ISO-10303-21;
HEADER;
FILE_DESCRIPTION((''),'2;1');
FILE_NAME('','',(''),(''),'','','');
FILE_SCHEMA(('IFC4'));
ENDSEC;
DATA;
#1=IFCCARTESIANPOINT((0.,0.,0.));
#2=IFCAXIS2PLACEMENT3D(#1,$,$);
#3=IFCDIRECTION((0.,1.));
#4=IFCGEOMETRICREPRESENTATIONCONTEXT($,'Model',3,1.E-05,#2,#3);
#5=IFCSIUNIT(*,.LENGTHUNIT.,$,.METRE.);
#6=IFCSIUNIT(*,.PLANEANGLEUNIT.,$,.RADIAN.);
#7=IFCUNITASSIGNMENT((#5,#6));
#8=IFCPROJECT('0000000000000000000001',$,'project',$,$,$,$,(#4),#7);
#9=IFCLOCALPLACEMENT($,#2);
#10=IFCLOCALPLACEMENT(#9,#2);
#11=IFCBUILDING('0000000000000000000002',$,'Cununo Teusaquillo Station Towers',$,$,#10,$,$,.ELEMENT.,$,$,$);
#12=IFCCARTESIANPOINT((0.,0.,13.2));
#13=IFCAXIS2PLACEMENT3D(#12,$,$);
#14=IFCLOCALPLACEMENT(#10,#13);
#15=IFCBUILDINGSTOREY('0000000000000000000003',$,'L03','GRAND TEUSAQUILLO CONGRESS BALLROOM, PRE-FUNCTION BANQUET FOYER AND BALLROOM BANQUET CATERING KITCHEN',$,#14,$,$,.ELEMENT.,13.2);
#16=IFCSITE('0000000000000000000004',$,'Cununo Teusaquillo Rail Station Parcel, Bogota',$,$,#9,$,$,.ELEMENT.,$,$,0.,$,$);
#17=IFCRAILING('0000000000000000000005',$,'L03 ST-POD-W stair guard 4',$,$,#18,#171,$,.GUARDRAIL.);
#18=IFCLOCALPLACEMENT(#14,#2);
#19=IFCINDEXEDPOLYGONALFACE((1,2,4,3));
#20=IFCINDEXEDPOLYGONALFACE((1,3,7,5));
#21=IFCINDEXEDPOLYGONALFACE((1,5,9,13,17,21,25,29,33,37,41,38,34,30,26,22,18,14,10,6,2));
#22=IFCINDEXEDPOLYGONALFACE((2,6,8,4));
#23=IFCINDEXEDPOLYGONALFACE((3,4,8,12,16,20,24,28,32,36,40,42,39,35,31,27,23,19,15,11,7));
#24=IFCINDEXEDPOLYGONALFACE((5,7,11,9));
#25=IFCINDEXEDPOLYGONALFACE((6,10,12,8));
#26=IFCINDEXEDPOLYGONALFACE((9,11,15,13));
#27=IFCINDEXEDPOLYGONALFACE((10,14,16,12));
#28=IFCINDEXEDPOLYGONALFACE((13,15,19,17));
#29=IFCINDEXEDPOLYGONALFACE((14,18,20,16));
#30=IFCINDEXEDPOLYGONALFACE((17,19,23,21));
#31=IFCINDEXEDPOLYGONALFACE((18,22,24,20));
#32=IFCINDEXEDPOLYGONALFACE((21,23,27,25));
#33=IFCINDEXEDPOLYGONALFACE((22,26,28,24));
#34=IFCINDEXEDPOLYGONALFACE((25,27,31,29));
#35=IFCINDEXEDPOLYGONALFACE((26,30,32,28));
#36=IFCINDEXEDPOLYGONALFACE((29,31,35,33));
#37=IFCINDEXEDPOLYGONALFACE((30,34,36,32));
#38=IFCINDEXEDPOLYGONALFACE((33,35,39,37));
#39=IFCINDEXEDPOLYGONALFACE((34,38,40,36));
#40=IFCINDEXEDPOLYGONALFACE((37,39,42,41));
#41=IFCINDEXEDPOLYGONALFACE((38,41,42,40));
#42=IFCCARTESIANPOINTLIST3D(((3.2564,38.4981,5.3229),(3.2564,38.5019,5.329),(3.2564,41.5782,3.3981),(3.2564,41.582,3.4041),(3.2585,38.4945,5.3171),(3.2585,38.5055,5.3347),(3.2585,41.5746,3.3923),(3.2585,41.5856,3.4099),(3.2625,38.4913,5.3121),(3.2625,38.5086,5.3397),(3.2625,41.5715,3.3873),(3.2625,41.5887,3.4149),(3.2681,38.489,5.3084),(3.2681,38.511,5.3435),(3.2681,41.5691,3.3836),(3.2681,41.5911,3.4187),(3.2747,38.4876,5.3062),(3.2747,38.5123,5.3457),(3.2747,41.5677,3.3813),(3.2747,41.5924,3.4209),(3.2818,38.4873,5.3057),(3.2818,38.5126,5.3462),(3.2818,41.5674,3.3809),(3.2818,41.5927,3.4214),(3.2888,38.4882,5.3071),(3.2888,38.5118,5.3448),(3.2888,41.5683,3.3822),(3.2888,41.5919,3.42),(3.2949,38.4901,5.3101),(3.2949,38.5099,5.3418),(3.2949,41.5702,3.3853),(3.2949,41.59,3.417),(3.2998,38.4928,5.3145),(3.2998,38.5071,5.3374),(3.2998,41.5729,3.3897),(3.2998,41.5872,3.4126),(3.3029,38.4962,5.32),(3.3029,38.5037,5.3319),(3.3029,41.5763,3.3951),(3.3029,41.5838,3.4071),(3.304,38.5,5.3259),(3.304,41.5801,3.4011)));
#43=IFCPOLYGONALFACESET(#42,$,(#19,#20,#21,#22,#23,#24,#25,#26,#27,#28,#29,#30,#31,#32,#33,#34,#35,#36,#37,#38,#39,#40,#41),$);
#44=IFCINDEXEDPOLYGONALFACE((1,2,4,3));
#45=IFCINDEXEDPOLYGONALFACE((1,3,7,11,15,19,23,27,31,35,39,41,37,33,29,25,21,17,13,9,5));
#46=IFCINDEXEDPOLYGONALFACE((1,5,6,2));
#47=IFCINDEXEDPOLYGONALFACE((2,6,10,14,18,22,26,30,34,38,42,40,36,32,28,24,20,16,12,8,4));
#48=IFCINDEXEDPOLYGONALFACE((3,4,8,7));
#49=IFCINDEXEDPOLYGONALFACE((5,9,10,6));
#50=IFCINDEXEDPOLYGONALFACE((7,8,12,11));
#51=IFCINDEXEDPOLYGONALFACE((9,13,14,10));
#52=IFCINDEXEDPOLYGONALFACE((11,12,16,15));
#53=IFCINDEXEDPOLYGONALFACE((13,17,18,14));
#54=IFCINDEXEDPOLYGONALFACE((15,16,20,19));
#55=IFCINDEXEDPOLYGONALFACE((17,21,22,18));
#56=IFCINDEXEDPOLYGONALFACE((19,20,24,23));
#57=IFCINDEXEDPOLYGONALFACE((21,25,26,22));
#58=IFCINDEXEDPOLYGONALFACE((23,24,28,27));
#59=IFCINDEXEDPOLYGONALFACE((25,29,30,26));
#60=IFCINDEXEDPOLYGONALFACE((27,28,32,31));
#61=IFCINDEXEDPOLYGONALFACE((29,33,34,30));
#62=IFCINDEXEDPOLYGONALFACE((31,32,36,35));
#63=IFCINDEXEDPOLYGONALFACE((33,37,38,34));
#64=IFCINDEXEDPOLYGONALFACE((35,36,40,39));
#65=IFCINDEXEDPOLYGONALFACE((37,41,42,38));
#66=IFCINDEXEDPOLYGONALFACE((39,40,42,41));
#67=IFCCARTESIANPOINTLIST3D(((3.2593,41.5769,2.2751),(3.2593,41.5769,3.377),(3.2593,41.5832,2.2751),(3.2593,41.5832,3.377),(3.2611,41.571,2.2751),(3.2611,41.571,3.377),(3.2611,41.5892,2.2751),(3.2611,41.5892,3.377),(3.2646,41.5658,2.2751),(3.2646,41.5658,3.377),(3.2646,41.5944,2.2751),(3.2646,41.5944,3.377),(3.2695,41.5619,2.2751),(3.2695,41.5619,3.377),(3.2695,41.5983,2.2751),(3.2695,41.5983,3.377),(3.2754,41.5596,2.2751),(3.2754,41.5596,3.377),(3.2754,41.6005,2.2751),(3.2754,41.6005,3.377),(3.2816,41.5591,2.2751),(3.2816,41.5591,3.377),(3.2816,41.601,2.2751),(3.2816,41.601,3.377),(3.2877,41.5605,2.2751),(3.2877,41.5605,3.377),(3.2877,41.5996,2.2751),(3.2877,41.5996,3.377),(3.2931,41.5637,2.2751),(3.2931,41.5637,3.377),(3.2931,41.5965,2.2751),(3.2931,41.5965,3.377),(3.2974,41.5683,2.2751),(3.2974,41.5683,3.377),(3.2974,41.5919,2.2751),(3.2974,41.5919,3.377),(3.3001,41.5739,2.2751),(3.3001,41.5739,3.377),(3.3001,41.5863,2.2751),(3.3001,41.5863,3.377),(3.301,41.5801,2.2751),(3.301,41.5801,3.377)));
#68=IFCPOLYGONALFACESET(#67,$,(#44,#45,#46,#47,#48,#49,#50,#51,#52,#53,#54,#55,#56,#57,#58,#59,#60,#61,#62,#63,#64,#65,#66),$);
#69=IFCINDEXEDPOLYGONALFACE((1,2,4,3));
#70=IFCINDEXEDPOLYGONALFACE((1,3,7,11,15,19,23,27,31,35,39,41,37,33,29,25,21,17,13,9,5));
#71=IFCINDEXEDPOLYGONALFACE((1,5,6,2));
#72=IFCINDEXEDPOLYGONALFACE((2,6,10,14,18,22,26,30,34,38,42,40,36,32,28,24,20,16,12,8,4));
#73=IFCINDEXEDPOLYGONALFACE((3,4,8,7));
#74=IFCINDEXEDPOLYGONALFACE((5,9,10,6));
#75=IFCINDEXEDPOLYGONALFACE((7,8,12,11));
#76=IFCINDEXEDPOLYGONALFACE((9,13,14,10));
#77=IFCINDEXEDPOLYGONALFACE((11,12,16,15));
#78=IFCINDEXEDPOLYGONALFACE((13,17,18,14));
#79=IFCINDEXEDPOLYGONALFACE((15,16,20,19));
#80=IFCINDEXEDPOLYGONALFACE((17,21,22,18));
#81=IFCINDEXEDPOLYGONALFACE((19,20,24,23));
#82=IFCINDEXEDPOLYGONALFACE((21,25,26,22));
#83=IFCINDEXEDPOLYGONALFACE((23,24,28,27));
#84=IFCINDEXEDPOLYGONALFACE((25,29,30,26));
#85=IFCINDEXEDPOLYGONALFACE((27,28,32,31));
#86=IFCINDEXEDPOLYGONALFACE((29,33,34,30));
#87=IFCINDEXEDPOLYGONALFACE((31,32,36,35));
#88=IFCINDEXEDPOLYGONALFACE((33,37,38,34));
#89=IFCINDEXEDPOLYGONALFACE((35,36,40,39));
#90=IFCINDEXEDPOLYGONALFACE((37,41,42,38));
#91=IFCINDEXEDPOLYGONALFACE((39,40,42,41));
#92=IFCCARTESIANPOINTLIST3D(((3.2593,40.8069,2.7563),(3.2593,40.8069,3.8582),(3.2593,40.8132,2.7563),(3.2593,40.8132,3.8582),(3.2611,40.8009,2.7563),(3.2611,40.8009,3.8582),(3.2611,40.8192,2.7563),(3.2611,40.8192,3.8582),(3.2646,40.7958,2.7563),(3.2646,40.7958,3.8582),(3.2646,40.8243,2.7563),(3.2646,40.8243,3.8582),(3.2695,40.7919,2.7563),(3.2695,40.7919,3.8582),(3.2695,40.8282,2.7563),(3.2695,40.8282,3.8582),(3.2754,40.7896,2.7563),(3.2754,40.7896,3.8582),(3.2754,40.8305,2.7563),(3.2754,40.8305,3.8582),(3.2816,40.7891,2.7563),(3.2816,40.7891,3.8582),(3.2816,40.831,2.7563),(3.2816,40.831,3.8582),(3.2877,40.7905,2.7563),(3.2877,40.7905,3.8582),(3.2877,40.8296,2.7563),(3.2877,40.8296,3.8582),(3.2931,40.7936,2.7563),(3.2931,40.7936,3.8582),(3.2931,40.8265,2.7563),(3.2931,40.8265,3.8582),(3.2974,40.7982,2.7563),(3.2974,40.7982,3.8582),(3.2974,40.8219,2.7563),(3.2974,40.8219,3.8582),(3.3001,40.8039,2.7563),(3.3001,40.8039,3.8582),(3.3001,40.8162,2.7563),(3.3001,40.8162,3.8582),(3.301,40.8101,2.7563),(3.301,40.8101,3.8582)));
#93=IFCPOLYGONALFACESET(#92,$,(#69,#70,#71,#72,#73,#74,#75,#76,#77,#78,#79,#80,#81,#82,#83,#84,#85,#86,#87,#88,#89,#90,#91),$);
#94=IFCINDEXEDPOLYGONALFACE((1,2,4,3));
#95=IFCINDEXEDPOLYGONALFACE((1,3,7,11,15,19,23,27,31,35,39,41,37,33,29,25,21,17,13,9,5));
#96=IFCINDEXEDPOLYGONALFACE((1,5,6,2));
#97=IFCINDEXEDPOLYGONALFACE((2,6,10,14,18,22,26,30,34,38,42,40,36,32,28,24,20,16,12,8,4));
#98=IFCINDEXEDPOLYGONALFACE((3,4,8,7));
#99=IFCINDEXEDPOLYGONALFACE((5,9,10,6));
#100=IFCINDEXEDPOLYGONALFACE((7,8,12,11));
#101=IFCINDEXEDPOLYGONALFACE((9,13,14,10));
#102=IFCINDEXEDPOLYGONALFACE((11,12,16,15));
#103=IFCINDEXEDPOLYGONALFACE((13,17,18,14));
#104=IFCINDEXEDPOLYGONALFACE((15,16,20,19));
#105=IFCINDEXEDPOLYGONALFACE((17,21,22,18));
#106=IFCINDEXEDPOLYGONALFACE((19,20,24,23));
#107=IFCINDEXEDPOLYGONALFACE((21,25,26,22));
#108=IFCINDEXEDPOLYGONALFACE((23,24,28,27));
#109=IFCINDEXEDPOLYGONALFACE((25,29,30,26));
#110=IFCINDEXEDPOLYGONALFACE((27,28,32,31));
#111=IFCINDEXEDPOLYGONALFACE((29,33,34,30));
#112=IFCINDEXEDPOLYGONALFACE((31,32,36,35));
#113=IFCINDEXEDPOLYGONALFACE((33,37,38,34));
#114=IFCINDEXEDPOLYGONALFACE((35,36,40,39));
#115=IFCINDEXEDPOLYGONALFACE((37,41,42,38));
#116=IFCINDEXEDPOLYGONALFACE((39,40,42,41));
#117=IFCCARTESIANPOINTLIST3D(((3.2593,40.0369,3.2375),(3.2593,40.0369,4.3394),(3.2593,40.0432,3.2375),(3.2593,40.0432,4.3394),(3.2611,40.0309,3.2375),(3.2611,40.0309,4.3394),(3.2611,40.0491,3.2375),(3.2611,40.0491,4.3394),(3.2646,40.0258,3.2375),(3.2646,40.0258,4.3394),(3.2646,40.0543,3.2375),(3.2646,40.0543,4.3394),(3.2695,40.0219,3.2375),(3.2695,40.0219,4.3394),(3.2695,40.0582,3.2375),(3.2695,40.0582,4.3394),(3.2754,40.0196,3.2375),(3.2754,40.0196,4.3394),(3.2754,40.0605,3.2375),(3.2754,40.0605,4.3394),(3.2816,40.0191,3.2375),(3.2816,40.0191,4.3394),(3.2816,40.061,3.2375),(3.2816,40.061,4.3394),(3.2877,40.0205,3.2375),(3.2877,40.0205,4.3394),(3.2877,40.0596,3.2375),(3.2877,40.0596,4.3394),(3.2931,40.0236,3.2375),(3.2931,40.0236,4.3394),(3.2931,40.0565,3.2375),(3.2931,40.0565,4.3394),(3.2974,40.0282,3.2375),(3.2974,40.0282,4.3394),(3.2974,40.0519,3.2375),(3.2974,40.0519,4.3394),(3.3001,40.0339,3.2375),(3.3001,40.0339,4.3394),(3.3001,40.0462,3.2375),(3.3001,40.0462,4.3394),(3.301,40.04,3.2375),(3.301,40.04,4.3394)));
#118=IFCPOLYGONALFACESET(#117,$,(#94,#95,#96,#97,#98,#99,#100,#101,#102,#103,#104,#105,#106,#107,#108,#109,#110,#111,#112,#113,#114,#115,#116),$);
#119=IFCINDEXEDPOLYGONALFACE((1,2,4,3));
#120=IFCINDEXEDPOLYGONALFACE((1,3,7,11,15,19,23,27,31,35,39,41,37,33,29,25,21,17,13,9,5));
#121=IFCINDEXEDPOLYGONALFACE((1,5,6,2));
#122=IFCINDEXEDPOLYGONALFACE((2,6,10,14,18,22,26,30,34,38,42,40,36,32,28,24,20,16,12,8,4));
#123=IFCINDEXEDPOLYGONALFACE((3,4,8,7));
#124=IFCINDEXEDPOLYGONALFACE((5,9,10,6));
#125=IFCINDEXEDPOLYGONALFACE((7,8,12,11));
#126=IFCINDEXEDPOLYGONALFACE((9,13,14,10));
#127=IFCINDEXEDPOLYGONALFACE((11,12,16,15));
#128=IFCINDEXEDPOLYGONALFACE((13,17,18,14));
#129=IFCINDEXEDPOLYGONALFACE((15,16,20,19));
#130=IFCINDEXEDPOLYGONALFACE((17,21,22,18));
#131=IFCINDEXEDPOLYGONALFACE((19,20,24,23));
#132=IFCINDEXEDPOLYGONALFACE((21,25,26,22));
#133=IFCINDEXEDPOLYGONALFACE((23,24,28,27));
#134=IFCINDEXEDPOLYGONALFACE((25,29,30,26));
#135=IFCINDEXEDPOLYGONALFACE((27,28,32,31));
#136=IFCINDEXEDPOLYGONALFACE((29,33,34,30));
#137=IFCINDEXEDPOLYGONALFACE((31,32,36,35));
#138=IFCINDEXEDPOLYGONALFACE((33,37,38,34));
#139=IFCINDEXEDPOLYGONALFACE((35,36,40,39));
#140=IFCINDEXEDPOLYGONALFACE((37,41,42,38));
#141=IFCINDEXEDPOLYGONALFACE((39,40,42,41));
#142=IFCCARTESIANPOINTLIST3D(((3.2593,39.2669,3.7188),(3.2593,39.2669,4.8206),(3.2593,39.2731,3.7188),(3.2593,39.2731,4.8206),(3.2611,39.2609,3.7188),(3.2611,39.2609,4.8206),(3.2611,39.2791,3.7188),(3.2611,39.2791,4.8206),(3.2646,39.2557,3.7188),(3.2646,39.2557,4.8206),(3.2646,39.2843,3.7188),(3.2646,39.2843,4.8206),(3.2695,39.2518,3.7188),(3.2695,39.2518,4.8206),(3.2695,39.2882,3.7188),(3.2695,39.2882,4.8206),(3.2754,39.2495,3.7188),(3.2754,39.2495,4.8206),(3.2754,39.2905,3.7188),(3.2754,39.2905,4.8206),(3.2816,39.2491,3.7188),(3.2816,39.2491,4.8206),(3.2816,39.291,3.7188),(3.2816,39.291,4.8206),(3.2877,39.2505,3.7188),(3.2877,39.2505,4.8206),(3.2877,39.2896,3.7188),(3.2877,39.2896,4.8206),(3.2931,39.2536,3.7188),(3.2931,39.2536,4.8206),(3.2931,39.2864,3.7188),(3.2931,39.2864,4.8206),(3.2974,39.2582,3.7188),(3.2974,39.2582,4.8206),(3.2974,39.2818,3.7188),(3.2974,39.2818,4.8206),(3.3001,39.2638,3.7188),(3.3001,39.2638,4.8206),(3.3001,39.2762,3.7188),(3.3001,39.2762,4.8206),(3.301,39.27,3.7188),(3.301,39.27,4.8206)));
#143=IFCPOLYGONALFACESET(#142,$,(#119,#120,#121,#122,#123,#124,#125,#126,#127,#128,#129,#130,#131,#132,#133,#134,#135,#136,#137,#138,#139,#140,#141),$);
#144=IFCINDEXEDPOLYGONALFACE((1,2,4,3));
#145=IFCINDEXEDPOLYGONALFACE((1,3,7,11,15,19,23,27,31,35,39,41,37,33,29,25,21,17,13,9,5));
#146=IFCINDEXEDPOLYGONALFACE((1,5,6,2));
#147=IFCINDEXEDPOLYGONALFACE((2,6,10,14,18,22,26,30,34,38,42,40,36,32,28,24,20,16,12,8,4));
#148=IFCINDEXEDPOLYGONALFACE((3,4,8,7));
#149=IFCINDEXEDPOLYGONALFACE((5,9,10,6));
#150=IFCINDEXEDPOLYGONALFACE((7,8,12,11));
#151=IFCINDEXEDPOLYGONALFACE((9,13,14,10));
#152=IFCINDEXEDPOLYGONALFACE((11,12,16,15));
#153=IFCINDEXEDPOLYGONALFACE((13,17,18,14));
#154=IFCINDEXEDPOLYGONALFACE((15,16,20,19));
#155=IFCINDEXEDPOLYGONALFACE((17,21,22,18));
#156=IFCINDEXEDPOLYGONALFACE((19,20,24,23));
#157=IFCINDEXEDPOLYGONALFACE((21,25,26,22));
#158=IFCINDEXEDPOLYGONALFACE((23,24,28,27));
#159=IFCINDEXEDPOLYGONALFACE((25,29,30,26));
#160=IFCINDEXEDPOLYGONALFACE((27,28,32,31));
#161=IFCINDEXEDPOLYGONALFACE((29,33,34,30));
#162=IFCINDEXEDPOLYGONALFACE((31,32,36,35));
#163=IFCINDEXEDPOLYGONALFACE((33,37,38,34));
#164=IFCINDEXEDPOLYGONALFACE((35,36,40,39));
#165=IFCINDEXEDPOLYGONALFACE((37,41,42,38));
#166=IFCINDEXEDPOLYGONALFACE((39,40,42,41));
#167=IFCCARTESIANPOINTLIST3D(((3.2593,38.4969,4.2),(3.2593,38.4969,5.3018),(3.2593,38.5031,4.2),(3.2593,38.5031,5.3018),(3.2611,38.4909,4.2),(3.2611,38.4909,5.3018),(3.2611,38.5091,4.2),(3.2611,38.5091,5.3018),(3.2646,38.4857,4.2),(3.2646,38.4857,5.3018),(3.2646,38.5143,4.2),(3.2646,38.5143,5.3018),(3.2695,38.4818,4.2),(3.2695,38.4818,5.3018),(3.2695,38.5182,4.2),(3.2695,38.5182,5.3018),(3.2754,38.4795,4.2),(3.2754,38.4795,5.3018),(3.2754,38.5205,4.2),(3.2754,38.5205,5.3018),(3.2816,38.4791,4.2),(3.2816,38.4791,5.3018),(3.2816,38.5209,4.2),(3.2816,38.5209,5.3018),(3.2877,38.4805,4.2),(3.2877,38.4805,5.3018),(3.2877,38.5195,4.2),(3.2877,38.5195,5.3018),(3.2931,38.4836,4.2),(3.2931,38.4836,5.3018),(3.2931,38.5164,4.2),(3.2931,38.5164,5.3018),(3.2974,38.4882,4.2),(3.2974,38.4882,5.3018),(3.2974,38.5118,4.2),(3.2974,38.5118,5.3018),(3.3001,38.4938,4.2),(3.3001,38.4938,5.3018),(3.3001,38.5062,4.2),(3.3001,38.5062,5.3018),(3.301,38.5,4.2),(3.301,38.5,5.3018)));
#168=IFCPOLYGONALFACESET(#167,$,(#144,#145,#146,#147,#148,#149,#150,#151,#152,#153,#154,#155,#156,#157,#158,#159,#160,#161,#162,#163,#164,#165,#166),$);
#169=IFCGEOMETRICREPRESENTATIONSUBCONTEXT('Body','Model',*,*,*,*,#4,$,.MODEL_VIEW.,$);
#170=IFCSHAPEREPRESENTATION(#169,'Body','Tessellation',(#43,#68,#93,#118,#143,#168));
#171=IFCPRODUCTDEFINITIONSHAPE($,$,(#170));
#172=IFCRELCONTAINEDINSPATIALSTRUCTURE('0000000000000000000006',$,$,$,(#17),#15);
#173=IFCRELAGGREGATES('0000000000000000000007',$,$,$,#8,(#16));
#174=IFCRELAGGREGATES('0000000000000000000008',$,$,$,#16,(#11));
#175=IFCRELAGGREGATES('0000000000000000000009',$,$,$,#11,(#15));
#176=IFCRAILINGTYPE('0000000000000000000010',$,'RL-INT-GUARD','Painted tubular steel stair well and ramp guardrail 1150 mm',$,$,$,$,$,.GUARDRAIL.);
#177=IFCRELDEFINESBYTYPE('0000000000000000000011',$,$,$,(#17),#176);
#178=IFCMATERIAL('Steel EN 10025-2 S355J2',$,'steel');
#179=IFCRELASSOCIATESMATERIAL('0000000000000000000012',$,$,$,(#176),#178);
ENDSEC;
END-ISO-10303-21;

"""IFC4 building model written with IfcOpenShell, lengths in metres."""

from ifc_helpers import new_model, si_unit, direction, frame, origin, origin_2d, place, context, subcontext, project, spatial, circle, extrude, material, type_object, element, save


model = new_model("IFC4")

# Units and contexts
model_context = context("Model", 3, precision=1e-05, world=origin(), true_north=direction((0.0, 1.0)))
body_context = subcontext(model_context, "Body", "Model", "MODEL_VIEW")
ifc_project = project(units=[si_unit("LENGTHUNIT", "METRE"), si_unit("PLANEANGLEUNIT", "RADIAN")], contexts=[model_context])

# Site, building, storey
site_placement = place(None, origin())
site = spatial("IfcSite", under=ifc_project, at=site_placement, Name="Cununo Teusaquillo Rail Station Parcel, Bogota", CompositionType="ELEMENT", RefElevation=0.0)
building_placement = place(site_placement, origin())
building = spatial("IfcBuilding", under=site, at=building_placement, Name="Cununo Teusaquillo Station Towers", CompositionType="ELEMENT")
storey_placement = place(building_placement, frame((0.0, 0.0, 13.2)))
storey = spatial("IfcBuildingStorey", under=building, at=storey_placement, Name="L03", Description="GRAND TEUSAQUILLO CONGRESS BALLROOM, PRE-FUNCTION BANQUET FOYER AND BALLROOM BANQUET CATERING KITCHEN", CompositionType="ELEMENT", Elevation=13.2)

# Railing
ifc_material_1 = material(Name="Steel EN 10025-2 S355J2", Category="steel")
railing_type_1 = type_object("IfcRailingType", Name="RL-INT-GUARD", Description="Painted tubular steel stair well and ramp guardrail 1150 mm", PredefinedType="GUARDRAIL", material=ifc_material_1)
railing_1_placement = place(storey_placement, frame((3.28, 41.5801, 2.2751)))
element("IfcRailing", 1, at=railing_1_placement, inside=storey, type_object=railing_type_1, Name="L03 ST-POD-W stair guard 4", PredefinedType="GUARDRAIL", context=body_context, shape_type="SweptSolid", body=[
    extrude(circle(Radius=0.0239, at=origin_2d()), frame((0.0, 0.0, 1.126), z_axis=(0.0, -0.848029, 0.529951), x_axis=(1.0, 0.0, 0.0)), (0.0, 0.0, 1.0), 3.6321),
    extrude(circle(Radius=0.021, at=origin_2d()), origin(), (0.0, 0.0, 1.0), 1.1018),
    extrude(circle(Radius=0.021, at=origin_2d()), frame((0.0, -0.77, 0.4812)), (0.0, 0.0, 1.0), 1.1018),
    extrude(circle(Radius=0.021, at=origin_2d()), frame((0.0, -1.54, 0.9624)), (0.0, 0.0, 1.0), 1.1018),
    extrude(circle(Radius=0.021, at=origin_2d()), frame((0.0, -2.3101, 1.4436)), (0.0, 0.0, 1.0), 1.1018),
    extrude(circle(Radius=0.021, at=origin_2d()), frame((0.0, -3.0801, 1.9248)), (0.0, 0.0, 1.0), 1.1018),
])

save(model, "model.ifc")
